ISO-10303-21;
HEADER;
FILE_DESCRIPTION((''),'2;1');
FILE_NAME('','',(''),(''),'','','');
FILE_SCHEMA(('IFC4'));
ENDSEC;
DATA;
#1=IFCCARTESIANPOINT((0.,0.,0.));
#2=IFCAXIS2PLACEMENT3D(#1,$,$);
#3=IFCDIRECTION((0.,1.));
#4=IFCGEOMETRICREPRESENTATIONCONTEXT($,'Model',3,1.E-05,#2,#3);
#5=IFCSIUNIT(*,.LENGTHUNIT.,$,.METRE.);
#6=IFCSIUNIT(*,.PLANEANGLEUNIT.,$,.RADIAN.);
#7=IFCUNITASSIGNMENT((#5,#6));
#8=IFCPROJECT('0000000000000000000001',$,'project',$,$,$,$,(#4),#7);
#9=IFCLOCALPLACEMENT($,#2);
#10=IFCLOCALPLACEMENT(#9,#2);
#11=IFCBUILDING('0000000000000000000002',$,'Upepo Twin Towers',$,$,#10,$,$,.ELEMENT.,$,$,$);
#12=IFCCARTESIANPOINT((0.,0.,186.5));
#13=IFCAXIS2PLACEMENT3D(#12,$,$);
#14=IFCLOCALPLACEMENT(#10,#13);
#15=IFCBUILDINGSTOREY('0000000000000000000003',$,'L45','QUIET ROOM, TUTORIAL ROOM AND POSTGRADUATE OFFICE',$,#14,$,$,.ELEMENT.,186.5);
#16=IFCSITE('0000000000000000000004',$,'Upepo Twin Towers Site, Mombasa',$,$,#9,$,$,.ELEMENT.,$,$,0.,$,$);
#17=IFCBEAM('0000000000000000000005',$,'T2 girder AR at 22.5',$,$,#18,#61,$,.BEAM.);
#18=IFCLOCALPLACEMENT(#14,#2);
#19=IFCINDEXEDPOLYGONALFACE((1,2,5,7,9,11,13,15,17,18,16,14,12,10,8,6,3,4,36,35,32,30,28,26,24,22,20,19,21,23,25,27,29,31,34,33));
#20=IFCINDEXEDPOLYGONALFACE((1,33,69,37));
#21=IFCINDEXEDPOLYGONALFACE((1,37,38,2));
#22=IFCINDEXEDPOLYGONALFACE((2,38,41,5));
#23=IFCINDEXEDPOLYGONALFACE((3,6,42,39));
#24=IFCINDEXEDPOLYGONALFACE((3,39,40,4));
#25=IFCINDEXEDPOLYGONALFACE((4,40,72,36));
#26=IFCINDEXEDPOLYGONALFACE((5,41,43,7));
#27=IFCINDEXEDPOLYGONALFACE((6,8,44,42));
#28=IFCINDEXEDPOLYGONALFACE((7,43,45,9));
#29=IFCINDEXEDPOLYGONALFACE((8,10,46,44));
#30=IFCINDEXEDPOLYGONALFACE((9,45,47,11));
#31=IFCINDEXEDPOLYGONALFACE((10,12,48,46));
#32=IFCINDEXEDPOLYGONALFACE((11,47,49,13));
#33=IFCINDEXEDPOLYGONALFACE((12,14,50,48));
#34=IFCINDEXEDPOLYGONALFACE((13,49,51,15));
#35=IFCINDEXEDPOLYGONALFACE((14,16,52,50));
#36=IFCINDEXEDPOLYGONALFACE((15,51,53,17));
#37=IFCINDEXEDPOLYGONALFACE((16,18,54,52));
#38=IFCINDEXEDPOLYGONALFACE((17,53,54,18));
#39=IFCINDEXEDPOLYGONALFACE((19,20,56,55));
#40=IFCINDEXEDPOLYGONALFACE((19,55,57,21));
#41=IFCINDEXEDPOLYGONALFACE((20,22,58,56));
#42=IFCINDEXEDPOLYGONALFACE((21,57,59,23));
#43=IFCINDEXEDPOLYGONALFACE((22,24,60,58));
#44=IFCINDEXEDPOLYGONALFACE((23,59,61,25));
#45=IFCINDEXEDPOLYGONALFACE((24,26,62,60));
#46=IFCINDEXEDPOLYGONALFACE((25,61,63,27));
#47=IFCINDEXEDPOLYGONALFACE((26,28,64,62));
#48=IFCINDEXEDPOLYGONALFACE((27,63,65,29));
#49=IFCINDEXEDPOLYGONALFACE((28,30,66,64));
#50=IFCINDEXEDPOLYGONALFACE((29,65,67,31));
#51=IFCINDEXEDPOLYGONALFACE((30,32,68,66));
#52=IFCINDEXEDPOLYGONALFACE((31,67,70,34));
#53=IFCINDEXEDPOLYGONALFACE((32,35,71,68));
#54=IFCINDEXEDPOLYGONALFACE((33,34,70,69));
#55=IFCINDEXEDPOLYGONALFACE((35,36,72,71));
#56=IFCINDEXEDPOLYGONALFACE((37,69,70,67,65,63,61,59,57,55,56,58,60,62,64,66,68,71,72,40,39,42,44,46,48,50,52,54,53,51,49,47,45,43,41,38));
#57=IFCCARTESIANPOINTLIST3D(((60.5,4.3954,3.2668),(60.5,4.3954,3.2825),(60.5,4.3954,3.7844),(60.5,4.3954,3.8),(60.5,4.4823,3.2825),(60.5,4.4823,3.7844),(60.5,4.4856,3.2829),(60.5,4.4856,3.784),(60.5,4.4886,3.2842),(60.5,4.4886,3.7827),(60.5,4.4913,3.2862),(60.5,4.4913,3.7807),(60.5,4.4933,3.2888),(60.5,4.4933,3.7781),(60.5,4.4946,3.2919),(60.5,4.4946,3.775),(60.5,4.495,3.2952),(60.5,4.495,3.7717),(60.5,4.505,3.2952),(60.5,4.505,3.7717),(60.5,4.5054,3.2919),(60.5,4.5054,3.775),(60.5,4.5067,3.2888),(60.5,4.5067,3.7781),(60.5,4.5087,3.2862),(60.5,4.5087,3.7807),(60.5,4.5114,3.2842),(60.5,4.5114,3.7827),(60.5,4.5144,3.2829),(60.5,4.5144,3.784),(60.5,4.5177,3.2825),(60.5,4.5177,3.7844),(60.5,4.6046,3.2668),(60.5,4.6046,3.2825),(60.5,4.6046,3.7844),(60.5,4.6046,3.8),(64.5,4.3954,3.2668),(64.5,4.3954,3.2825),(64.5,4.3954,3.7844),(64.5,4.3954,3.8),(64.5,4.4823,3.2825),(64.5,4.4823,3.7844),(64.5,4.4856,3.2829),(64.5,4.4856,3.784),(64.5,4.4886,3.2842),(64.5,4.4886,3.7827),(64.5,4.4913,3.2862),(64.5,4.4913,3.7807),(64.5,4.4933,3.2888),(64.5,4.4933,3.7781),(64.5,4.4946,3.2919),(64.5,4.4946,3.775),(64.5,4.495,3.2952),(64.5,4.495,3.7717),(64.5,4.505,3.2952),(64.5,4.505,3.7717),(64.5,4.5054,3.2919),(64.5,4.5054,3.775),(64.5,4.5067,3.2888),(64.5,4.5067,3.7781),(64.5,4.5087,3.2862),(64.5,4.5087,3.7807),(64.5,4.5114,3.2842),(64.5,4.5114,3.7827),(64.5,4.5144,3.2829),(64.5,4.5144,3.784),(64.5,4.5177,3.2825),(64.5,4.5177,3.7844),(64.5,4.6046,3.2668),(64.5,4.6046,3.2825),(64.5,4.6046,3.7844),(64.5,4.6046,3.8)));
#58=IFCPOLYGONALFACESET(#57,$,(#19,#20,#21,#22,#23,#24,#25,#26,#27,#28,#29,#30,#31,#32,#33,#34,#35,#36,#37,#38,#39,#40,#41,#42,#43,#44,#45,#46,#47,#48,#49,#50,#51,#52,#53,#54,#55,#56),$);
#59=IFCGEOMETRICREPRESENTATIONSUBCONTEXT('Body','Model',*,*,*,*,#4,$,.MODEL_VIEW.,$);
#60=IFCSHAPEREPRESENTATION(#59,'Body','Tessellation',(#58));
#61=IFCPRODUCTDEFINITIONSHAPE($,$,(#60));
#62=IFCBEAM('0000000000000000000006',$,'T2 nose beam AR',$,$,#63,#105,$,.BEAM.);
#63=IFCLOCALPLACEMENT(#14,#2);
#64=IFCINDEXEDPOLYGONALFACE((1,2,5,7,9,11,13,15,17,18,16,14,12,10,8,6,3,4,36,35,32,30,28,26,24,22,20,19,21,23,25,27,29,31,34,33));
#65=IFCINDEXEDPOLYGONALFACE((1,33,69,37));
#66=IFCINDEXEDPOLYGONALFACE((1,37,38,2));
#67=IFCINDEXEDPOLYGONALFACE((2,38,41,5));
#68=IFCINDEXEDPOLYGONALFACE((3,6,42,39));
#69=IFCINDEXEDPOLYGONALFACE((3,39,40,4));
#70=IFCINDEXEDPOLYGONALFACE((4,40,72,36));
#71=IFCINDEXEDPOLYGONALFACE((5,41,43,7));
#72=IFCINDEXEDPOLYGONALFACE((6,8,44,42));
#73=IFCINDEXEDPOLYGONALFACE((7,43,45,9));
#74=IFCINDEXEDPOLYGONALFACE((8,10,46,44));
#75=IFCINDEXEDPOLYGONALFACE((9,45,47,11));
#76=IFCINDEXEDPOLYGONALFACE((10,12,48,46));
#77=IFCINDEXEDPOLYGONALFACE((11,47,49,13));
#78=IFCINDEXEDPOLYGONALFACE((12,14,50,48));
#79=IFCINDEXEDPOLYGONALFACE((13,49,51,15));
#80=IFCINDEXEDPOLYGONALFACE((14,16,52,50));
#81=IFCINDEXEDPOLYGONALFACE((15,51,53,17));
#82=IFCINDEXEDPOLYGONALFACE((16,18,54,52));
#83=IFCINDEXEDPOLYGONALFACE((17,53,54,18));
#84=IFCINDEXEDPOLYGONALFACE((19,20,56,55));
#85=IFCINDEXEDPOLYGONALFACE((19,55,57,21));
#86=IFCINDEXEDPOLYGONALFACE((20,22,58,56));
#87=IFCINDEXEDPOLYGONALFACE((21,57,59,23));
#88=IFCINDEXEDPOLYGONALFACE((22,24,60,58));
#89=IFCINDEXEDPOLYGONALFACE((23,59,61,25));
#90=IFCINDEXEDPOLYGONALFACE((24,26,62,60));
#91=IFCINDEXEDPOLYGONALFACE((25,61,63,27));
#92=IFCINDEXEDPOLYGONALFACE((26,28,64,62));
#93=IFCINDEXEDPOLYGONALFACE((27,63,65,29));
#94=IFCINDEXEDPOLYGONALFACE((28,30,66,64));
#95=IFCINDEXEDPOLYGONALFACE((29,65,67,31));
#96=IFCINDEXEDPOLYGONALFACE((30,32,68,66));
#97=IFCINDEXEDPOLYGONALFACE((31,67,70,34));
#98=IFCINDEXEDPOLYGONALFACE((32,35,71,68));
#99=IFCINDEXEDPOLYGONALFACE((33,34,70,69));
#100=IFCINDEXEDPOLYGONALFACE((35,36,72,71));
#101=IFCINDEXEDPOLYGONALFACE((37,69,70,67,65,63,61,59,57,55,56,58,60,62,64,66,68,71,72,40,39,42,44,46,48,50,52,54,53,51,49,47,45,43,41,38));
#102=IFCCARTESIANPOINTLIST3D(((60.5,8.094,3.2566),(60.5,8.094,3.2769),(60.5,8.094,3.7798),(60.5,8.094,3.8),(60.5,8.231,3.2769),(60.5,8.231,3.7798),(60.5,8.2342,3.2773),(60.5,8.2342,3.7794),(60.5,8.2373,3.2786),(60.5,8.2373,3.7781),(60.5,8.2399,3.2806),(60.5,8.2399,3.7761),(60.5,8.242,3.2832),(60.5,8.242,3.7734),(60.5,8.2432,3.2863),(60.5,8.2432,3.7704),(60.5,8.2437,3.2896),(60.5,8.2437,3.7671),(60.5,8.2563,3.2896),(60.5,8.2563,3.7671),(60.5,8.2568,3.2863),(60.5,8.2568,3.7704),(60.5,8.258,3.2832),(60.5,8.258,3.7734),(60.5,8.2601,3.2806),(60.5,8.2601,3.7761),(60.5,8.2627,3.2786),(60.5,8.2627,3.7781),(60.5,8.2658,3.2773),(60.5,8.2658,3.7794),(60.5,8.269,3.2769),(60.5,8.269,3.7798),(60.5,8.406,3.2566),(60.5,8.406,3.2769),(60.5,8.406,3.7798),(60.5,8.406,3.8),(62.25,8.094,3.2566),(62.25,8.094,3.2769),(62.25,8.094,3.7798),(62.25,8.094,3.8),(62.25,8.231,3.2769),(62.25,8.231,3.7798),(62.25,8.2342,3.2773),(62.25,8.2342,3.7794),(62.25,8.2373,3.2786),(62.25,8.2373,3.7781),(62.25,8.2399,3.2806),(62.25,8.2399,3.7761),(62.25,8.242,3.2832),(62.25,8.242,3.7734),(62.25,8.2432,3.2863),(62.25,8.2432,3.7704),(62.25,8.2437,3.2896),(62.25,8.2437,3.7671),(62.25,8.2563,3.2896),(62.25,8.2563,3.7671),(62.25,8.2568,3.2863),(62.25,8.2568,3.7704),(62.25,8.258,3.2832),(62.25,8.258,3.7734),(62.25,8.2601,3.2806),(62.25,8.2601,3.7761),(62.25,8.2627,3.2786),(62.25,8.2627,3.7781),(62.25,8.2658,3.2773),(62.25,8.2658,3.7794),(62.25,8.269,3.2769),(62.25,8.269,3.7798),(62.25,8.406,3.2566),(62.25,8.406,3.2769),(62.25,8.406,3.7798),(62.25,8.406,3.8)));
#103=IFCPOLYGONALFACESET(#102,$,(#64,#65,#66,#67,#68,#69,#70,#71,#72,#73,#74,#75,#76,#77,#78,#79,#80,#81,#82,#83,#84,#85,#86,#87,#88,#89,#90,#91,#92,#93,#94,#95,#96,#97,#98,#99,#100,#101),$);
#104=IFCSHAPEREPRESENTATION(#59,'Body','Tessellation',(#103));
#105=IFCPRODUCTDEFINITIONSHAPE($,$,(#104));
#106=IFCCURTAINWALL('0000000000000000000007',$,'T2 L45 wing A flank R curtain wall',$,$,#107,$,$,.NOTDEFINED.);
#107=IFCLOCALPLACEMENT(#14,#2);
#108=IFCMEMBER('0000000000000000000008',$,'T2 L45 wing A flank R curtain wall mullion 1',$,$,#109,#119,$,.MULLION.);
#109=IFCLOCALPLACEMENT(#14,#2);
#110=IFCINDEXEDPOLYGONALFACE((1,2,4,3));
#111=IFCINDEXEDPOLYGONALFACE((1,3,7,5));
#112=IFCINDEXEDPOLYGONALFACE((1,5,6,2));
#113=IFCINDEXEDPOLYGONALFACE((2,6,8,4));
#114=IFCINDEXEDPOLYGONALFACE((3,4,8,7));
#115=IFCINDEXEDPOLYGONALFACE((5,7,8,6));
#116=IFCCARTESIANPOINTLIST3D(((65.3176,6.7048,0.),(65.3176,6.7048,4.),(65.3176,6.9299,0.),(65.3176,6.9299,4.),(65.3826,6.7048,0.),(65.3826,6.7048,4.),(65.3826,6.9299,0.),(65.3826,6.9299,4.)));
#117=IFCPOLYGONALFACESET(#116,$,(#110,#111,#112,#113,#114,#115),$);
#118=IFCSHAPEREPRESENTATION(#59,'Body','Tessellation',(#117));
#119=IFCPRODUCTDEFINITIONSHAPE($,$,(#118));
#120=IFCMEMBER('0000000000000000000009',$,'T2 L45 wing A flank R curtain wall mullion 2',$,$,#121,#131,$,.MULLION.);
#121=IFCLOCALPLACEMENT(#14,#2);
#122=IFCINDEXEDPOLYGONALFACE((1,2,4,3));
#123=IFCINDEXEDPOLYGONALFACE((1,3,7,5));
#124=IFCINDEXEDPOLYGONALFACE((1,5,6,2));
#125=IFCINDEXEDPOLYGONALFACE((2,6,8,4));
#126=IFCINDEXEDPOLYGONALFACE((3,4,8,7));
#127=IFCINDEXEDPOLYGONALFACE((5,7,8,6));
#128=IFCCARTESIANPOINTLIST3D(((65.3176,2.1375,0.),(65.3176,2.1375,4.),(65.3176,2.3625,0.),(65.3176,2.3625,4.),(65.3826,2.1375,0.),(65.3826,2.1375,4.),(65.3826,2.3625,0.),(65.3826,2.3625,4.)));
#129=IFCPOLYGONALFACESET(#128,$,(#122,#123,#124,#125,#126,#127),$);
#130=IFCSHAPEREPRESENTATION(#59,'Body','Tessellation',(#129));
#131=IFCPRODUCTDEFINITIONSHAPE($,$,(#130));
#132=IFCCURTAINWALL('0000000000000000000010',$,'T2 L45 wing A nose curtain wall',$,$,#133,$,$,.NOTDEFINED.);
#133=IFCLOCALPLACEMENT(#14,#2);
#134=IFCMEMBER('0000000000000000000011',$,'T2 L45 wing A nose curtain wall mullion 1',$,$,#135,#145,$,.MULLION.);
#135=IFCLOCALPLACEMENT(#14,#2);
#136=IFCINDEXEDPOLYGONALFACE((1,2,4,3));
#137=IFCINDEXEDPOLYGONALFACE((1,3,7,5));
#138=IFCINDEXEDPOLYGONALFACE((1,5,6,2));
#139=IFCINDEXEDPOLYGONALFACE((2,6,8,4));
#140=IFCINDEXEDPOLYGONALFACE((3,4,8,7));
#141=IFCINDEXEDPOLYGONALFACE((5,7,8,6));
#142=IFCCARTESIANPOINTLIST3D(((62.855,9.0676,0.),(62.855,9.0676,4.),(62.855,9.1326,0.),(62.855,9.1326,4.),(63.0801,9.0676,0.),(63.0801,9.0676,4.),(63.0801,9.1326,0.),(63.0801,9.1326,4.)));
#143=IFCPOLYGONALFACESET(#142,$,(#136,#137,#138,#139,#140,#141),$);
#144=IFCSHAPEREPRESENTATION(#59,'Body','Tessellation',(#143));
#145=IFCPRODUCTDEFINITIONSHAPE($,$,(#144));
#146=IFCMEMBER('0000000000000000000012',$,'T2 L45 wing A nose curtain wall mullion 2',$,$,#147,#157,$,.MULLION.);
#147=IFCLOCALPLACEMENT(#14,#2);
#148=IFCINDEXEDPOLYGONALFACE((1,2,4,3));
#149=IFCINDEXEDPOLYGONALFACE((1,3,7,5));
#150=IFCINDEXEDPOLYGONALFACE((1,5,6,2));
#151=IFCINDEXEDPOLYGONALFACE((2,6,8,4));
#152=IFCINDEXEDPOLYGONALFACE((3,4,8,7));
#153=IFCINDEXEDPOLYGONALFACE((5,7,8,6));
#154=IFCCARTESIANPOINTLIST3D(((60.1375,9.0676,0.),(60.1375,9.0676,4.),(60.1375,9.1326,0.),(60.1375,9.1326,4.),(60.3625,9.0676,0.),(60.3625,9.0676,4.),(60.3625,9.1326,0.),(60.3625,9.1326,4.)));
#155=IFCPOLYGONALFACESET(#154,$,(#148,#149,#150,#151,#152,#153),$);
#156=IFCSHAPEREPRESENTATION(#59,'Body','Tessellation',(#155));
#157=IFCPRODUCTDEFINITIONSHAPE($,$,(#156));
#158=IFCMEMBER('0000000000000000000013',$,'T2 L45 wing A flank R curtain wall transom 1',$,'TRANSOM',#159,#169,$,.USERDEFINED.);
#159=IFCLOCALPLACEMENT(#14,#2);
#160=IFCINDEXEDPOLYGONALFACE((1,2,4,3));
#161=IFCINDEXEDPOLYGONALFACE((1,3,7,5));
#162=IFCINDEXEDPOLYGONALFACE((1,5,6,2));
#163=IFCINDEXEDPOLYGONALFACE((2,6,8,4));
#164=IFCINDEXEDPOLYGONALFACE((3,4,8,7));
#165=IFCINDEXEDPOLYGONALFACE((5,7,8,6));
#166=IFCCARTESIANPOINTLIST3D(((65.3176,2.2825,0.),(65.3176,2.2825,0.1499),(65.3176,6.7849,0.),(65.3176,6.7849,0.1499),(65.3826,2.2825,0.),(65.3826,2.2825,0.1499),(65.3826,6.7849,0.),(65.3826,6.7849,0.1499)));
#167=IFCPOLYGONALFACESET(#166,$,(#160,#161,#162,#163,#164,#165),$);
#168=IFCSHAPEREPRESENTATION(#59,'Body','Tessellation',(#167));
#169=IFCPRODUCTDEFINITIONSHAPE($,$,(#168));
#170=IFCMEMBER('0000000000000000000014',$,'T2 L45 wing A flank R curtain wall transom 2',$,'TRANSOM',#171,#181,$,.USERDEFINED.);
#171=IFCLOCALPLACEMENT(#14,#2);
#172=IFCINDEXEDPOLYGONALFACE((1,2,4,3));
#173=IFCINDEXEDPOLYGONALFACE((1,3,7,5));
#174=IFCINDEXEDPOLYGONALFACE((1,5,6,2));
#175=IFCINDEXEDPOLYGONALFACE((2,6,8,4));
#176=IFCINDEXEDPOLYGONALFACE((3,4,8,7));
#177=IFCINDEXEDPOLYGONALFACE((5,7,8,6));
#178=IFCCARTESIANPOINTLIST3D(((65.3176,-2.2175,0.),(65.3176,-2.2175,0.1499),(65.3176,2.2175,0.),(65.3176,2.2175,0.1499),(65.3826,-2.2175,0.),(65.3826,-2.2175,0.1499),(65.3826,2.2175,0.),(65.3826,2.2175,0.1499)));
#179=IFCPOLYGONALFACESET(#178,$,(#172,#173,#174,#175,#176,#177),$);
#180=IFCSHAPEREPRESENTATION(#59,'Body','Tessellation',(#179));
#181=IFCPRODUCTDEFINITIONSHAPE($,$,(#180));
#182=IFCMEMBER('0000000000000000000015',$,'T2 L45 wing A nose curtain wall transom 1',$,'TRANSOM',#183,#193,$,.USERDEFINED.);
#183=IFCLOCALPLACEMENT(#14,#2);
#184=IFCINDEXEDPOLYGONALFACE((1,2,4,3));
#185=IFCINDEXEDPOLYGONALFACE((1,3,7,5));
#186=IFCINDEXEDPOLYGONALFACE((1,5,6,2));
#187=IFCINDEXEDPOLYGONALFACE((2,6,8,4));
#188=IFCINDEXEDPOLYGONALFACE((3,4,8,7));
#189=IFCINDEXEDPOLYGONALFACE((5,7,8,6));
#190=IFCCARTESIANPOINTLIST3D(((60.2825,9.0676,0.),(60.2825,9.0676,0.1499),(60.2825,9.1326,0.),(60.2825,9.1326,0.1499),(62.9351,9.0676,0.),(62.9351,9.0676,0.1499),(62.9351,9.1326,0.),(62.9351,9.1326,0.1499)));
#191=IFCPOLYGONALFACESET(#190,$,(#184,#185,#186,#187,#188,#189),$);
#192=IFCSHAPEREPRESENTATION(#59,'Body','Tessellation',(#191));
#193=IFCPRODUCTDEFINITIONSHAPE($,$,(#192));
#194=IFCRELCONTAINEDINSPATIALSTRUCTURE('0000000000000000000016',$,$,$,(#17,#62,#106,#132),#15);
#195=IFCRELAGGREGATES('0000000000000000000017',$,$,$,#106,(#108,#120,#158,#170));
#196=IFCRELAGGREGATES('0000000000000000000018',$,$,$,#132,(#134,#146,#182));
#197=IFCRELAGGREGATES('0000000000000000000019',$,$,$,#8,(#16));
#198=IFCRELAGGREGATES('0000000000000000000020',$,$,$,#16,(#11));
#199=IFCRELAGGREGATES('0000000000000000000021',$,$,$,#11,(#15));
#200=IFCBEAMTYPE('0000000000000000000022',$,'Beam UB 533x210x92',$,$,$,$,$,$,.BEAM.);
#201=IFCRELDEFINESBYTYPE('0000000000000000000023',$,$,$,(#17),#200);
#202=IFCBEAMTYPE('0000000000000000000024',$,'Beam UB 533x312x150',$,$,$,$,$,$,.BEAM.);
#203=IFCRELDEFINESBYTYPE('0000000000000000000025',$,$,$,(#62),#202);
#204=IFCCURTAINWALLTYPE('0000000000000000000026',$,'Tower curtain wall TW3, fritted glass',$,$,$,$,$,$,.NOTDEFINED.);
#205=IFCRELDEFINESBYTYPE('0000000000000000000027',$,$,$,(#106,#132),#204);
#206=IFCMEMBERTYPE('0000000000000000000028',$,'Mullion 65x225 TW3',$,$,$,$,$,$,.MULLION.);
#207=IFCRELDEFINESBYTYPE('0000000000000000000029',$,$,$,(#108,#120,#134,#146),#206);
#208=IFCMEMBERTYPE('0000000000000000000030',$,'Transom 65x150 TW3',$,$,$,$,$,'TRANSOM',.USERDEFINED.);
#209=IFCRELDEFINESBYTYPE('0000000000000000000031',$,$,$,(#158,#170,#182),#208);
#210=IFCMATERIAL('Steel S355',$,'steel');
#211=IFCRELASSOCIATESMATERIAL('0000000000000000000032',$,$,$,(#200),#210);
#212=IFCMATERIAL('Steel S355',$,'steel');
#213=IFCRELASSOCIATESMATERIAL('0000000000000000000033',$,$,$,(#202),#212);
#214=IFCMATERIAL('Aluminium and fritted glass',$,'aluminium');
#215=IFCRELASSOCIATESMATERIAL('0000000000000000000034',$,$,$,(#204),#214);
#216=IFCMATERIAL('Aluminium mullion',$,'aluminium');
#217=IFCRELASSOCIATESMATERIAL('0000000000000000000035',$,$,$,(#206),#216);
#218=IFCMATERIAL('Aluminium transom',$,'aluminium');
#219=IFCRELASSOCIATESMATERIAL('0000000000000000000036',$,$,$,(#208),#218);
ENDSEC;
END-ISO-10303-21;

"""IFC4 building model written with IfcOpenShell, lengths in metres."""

from ifc_helpers import new_model, si_unit, direction, frame, origin, origin_2d, place, context, subcontext, project, spatial, rectangle, i_section, extrude, material, material_profile, profile_set, type_object, element, aggregate, save


model = new_model("IFC4")

# Units and contexts
model_context = context("Model", 3, precision=1e-05, world=origin(), true_north=direction((0.0, 1.0)))
body_context = subcontext(model_context, "Body", "Model", "MODEL_VIEW")
ifc_project = project(units=[si_unit("LENGTHUNIT", "METRE"), si_unit("PLANEANGLEUNIT", "RADIAN")], contexts=[model_context])

# Site, building, storey
site_placement = place(None, origin())
site = spatial("IfcSite", under=ifc_project, at=site_placement, Name="Upepo Twin Towers Site, Mombasa", CompositionType="ELEMENT", RefElevation=0.0)
building_placement = place(site_placement, origin())
building = spatial("IfcBuilding", under=site, at=building_placement, Name="Upepo Twin Towers", CompositionType="ELEMENT")
storey_placement = place(building_placement, frame((0.0, 0.0, 186.5)))
storey = spatial("IfcBuildingStorey", under=building, at=storey_placement, Name="L45", Description="QUIET ROOM, TUTORIAL ROOM AND POSTGRADUATE OFFICE", CompositionType="ELEMENT", Elevation=186.5)

# Beams
ifc_material_1 = material(Name="Steel S355", Category="steel")
ifc_material_profile_1 = material_profile(ifc_material_1, i_section(OverallWidth=0.2092, OverallDepth=0.5332, WebThickness=0.01, FlangeThickness=0.0156, FilletRadius=0.0127, at=origin_2d()), Name="UB 533x210x92")
ifc_profile_set_1 = profile_set([ifc_material_profile_1], Name="Steel S355")
beam_type_1 = type_object("IfcBeamType", Name="Beam UB 533x210x92", PredefinedType="BEAM", material=ifc_profile_set_1)
for number, where, z_axis, x_axis, name in (
    (1, (64.5, 4.5, 3.5334), (-1.0, 0.0, 0.0), (0.0, -1.0, 0.0), "T2 girder AR at 22.5"),
):
    element("IfcBeam", number, at=place(storey_placement, frame(where, z_axis=z_axis, x_axis=x_axis)), inside=storey, type_object=beam_type_1, Name=name, PredefinedType="BEAM", context=body_context, shape_type="SweptSolid", body=[
        extrude(i_section(OverallWidth=0.2092, OverallDepth=0.5332, WebThickness=0.01, FlangeThickness=0.0156, FilletRadius=0.0127, at=origin_2d()), origin(), (0.0, 0.0, 1.0), 4.0),
    ])
ifc_material_2 = material(Name="Steel S355", Category="steel")
ifc_material_profile_2 = material_profile(ifc_material_2, i_section(OverallWidth=0.312, OverallDepth=0.5435, WebThickness=0.0127, FlangeThickness=0.0203, FilletRadius=0.0127, at=origin_2d()), Name="UB 533x312x150")
ifc_profile_set_2 = profile_set([ifc_material_profile_2], Name="Steel S355")
beam_type_2 = type_object("IfcBeamType", Name="Beam UB 533x312x150", PredefinedType="BEAM", material=ifc_profile_set_2)
beam_1_placement = place(storey_placement, frame((62.25, 8.25, 3.5283), z_axis=(-1.0, 0.0, 0.0), x_axis=(0.0, -1.0, 0.0)))
element("IfcBeam", 2, at=beam_1_placement, inside=storey, type_object=beam_type_2, Name="T2 nose beam AR", PredefinedType="BEAM", context=body_context, shape_type="SweptSolid", body=[
    extrude(i_section(OverallWidth=0.312, OverallDepth=0.5435, WebThickness=0.0127, FlangeThickness=0.0203, FilletRadius=0.0127, at=origin_2d()), origin(), (0.0, 0.0, 1.0), 1.75),
])

# Curtain walls, members
ifc_material_3 = material(Name="Aluminium and fritted glass", Category="aluminium")
curtain_wall_type = type_object("IfcCurtainWallType", Name="Tower curtain wall TW3, fritted glass", PredefinedType="NOTDEFINED", material=ifc_material_3)
curtain_wall_1_placement = place(storey_placement, origin())
curtain_wall_1 = element("IfcCurtainWall", 3, at=curtain_wall_1_placement, inside=storey, type_object=curtain_wall_type, Name="T2 L45 wing A flank R curtain wall", PredefinedType="NOTDEFINED")
ifc_material_4 = material(Name="Aluminium mullion", Category="aluminium")
ifc_material_profile_3 = material_profile(ifc_material_4, rectangle(XDim=0.0649, YDim=0.2251, at=origin_2d()), Name="MULLION 65x225")
ifc_profile_set_3 = profile_set([ifc_material_profile_3], Name="Aluminium mullion")
member_type_1 = type_object("IfcMemberType", Name="Mullion 65x225 TW3", PredefinedType="MULLION", material=ifc_profile_set_3)
member_1_placement = place(storey_placement, frame((65.3501, 6.8174, 0.0), z_axis=(0.0, 0.0, 1.0), x_axis=(1.0, 0.0, 0.0)))
member_1 = element("IfcMember", 4, at=member_1_placement, type_object=member_type_1, Name="T2 L45 wing A flank R curtain wall mullion 1", PredefinedType="MULLION", context=body_context, shape_type="SweptSolid", body=[
    extrude(rectangle(XDim=0.0649, YDim=0.2251, at=origin_2d()), origin(), (0.0, 0.0, 1.0), 4.0),
])
member_2_placement = place(storey_placement, frame((65.3501, 2.25, 0.0), z_axis=(0.0, 0.0, 1.0), x_axis=(1.0, 0.0, 0.0)))
member_2 = element("IfcMember", 5, at=member_2_placement, type_object=member_type_1, Name="T2 L45 wing A flank R curtain wall mullion 2", PredefinedType="MULLION", context=body_context, shape_type="SweptSolid", body=[
    extrude(rectangle(XDim=0.0649, YDim=0.2251, at=origin_2d()), origin(), (0.0, 0.0, 1.0), 4.0),
])
curtain_wall_2_placement = place(storey_placement, origin())
curtain_wall_2 = element("IfcCurtainWall", 6, at=curtain_wall_2_placement, inside=storey, type_object=curtain_wall_type, Name="T2 L45 wing A nose curtain wall", PredefinedType="NOTDEFINED")
member_3_placement = place(storey_placement, frame((62.9675, 9.1001, 0.0), z_axis=(0.0, 0.0, 1.0), x_axis=(0.0, -1.0, 0.0)))
member_3 = element("IfcMember", 7, at=member_3_placement, type_object=member_type_1, Name="T2 L45 wing A nose curtain wall mullion 1", PredefinedType="MULLION", context=body_context, shape_type="SweptSolid", body=[
    extrude(rectangle(XDim=0.0649, YDim=0.2251, at=origin_2d()), origin(), (0.0, 0.0, 1.0), 4.0),
])
member_4_placement = place(storey_placement, frame((60.25, 9.1001, 0.0), z_axis=(0.0, 0.0, 1.0), x_axis=(0.0, -1.0, 0.0)))
member_4 = element("IfcMember", 8, at=member_4_placement, type_object=member_type_1, Name="T2 L45 wing A nose curtain wall mullion 2", PredefinedType="MULLION", context=body_context, shape_type="SweptSolid", body=[
    extrude(rectangle(XDim=0.0649, YDim=0.2251, at=origin_2d()), origin(), (0.0, 0.0, 1.0), 4.0),
])

# Members
ifc_material_5 = material(Name="Aluminium transom", Category="aluminium")
ifc_material_profile_4 = material_profile(ifc_material_5, rectangle(XDim=0.0649, YDim=0.1499, at=origin_2d()), Name="TRANSOM 65x150")
ifc_profile_set_4 = profile_set([ifc_material_profile_4], Name="Aluminium transom")
member_type_2 = type_object("IfcMemberType", Name="Transom 65x150 TW3", ElementType="TRANSOM", PredefinedType="USERDEFINED", material=ifc_profile_set_4)
member_5_placement = place(storey_placement, frame((65.3501, 6.7849, 0.075), z_axis=(0.0, -1.0, 0.0), x_axis=(1.0, 0.0, 0.0)))
member_5 = element("IfcMember", 9, at=member_5_placement, type_object=member_type_2, Name="T2 L45 wing A flank R curtain wall transom 1", ObjectType="TRANSOM", PredefinedType="USERDEFINED", context=body_context, shape_type="SweptSolid", body=[
    extrude(rectangle(XDim=0.0649, YDim=0.1499, at=origin_2d()), origin(), (0.0, 0.0, 1.0), 4.5024),
])
member_6_placement = place(storey_placement, frame((65.3501, 2.2175, 0.075), z_axis=(0.0, -1.0, 0.0), x_axis=(1.0, 0.0, 0.0)))
member_6 = element("IfcMember", 10, at=member_6_placement, type_object=member_type_2, Name="T2 L45 wing A flank R curtain wall transom 2", ObjectType="TRANSOM", PredefinedType="USERDEFINED", context=body_context, shape_type="SweptSolid", body=[
    extrude(rectangle(XDim=0.0649, YDim=0.1499, at=origin_2d()), origin(), (0.0, 0.0, 1.0), 4.4351),
])
member_7_placement = place(storey_placement, frame((62.9351, 9.1001, 0.075), z_axis=(-1.0, 0.0, 0.0), x_axis=(0.0, -1.0, 0.0)))
member_7 = element("IfcMember", 11, at=member_7_placement, type_object=member_type_2, Name="T2 L45 wing A nose curtain wall transom 1", ObjectType="TRANSOM", PredefinedType="USERDEFINED", context=body_context, shape_type="SweptSolid", body=[
    extrude(rectangle(XDim=0.0649, YDim=0.1499, at=origin_2d()), origin(), (0.0, 0.0, 1.0), 2.6526),
])

aggregate(curtain_wall_1, [member_1, member_2, member_5, member_6])
aggregate(curtain_wall_2, [member_3, member_4, member_7])

save(model, "model.ifc")
